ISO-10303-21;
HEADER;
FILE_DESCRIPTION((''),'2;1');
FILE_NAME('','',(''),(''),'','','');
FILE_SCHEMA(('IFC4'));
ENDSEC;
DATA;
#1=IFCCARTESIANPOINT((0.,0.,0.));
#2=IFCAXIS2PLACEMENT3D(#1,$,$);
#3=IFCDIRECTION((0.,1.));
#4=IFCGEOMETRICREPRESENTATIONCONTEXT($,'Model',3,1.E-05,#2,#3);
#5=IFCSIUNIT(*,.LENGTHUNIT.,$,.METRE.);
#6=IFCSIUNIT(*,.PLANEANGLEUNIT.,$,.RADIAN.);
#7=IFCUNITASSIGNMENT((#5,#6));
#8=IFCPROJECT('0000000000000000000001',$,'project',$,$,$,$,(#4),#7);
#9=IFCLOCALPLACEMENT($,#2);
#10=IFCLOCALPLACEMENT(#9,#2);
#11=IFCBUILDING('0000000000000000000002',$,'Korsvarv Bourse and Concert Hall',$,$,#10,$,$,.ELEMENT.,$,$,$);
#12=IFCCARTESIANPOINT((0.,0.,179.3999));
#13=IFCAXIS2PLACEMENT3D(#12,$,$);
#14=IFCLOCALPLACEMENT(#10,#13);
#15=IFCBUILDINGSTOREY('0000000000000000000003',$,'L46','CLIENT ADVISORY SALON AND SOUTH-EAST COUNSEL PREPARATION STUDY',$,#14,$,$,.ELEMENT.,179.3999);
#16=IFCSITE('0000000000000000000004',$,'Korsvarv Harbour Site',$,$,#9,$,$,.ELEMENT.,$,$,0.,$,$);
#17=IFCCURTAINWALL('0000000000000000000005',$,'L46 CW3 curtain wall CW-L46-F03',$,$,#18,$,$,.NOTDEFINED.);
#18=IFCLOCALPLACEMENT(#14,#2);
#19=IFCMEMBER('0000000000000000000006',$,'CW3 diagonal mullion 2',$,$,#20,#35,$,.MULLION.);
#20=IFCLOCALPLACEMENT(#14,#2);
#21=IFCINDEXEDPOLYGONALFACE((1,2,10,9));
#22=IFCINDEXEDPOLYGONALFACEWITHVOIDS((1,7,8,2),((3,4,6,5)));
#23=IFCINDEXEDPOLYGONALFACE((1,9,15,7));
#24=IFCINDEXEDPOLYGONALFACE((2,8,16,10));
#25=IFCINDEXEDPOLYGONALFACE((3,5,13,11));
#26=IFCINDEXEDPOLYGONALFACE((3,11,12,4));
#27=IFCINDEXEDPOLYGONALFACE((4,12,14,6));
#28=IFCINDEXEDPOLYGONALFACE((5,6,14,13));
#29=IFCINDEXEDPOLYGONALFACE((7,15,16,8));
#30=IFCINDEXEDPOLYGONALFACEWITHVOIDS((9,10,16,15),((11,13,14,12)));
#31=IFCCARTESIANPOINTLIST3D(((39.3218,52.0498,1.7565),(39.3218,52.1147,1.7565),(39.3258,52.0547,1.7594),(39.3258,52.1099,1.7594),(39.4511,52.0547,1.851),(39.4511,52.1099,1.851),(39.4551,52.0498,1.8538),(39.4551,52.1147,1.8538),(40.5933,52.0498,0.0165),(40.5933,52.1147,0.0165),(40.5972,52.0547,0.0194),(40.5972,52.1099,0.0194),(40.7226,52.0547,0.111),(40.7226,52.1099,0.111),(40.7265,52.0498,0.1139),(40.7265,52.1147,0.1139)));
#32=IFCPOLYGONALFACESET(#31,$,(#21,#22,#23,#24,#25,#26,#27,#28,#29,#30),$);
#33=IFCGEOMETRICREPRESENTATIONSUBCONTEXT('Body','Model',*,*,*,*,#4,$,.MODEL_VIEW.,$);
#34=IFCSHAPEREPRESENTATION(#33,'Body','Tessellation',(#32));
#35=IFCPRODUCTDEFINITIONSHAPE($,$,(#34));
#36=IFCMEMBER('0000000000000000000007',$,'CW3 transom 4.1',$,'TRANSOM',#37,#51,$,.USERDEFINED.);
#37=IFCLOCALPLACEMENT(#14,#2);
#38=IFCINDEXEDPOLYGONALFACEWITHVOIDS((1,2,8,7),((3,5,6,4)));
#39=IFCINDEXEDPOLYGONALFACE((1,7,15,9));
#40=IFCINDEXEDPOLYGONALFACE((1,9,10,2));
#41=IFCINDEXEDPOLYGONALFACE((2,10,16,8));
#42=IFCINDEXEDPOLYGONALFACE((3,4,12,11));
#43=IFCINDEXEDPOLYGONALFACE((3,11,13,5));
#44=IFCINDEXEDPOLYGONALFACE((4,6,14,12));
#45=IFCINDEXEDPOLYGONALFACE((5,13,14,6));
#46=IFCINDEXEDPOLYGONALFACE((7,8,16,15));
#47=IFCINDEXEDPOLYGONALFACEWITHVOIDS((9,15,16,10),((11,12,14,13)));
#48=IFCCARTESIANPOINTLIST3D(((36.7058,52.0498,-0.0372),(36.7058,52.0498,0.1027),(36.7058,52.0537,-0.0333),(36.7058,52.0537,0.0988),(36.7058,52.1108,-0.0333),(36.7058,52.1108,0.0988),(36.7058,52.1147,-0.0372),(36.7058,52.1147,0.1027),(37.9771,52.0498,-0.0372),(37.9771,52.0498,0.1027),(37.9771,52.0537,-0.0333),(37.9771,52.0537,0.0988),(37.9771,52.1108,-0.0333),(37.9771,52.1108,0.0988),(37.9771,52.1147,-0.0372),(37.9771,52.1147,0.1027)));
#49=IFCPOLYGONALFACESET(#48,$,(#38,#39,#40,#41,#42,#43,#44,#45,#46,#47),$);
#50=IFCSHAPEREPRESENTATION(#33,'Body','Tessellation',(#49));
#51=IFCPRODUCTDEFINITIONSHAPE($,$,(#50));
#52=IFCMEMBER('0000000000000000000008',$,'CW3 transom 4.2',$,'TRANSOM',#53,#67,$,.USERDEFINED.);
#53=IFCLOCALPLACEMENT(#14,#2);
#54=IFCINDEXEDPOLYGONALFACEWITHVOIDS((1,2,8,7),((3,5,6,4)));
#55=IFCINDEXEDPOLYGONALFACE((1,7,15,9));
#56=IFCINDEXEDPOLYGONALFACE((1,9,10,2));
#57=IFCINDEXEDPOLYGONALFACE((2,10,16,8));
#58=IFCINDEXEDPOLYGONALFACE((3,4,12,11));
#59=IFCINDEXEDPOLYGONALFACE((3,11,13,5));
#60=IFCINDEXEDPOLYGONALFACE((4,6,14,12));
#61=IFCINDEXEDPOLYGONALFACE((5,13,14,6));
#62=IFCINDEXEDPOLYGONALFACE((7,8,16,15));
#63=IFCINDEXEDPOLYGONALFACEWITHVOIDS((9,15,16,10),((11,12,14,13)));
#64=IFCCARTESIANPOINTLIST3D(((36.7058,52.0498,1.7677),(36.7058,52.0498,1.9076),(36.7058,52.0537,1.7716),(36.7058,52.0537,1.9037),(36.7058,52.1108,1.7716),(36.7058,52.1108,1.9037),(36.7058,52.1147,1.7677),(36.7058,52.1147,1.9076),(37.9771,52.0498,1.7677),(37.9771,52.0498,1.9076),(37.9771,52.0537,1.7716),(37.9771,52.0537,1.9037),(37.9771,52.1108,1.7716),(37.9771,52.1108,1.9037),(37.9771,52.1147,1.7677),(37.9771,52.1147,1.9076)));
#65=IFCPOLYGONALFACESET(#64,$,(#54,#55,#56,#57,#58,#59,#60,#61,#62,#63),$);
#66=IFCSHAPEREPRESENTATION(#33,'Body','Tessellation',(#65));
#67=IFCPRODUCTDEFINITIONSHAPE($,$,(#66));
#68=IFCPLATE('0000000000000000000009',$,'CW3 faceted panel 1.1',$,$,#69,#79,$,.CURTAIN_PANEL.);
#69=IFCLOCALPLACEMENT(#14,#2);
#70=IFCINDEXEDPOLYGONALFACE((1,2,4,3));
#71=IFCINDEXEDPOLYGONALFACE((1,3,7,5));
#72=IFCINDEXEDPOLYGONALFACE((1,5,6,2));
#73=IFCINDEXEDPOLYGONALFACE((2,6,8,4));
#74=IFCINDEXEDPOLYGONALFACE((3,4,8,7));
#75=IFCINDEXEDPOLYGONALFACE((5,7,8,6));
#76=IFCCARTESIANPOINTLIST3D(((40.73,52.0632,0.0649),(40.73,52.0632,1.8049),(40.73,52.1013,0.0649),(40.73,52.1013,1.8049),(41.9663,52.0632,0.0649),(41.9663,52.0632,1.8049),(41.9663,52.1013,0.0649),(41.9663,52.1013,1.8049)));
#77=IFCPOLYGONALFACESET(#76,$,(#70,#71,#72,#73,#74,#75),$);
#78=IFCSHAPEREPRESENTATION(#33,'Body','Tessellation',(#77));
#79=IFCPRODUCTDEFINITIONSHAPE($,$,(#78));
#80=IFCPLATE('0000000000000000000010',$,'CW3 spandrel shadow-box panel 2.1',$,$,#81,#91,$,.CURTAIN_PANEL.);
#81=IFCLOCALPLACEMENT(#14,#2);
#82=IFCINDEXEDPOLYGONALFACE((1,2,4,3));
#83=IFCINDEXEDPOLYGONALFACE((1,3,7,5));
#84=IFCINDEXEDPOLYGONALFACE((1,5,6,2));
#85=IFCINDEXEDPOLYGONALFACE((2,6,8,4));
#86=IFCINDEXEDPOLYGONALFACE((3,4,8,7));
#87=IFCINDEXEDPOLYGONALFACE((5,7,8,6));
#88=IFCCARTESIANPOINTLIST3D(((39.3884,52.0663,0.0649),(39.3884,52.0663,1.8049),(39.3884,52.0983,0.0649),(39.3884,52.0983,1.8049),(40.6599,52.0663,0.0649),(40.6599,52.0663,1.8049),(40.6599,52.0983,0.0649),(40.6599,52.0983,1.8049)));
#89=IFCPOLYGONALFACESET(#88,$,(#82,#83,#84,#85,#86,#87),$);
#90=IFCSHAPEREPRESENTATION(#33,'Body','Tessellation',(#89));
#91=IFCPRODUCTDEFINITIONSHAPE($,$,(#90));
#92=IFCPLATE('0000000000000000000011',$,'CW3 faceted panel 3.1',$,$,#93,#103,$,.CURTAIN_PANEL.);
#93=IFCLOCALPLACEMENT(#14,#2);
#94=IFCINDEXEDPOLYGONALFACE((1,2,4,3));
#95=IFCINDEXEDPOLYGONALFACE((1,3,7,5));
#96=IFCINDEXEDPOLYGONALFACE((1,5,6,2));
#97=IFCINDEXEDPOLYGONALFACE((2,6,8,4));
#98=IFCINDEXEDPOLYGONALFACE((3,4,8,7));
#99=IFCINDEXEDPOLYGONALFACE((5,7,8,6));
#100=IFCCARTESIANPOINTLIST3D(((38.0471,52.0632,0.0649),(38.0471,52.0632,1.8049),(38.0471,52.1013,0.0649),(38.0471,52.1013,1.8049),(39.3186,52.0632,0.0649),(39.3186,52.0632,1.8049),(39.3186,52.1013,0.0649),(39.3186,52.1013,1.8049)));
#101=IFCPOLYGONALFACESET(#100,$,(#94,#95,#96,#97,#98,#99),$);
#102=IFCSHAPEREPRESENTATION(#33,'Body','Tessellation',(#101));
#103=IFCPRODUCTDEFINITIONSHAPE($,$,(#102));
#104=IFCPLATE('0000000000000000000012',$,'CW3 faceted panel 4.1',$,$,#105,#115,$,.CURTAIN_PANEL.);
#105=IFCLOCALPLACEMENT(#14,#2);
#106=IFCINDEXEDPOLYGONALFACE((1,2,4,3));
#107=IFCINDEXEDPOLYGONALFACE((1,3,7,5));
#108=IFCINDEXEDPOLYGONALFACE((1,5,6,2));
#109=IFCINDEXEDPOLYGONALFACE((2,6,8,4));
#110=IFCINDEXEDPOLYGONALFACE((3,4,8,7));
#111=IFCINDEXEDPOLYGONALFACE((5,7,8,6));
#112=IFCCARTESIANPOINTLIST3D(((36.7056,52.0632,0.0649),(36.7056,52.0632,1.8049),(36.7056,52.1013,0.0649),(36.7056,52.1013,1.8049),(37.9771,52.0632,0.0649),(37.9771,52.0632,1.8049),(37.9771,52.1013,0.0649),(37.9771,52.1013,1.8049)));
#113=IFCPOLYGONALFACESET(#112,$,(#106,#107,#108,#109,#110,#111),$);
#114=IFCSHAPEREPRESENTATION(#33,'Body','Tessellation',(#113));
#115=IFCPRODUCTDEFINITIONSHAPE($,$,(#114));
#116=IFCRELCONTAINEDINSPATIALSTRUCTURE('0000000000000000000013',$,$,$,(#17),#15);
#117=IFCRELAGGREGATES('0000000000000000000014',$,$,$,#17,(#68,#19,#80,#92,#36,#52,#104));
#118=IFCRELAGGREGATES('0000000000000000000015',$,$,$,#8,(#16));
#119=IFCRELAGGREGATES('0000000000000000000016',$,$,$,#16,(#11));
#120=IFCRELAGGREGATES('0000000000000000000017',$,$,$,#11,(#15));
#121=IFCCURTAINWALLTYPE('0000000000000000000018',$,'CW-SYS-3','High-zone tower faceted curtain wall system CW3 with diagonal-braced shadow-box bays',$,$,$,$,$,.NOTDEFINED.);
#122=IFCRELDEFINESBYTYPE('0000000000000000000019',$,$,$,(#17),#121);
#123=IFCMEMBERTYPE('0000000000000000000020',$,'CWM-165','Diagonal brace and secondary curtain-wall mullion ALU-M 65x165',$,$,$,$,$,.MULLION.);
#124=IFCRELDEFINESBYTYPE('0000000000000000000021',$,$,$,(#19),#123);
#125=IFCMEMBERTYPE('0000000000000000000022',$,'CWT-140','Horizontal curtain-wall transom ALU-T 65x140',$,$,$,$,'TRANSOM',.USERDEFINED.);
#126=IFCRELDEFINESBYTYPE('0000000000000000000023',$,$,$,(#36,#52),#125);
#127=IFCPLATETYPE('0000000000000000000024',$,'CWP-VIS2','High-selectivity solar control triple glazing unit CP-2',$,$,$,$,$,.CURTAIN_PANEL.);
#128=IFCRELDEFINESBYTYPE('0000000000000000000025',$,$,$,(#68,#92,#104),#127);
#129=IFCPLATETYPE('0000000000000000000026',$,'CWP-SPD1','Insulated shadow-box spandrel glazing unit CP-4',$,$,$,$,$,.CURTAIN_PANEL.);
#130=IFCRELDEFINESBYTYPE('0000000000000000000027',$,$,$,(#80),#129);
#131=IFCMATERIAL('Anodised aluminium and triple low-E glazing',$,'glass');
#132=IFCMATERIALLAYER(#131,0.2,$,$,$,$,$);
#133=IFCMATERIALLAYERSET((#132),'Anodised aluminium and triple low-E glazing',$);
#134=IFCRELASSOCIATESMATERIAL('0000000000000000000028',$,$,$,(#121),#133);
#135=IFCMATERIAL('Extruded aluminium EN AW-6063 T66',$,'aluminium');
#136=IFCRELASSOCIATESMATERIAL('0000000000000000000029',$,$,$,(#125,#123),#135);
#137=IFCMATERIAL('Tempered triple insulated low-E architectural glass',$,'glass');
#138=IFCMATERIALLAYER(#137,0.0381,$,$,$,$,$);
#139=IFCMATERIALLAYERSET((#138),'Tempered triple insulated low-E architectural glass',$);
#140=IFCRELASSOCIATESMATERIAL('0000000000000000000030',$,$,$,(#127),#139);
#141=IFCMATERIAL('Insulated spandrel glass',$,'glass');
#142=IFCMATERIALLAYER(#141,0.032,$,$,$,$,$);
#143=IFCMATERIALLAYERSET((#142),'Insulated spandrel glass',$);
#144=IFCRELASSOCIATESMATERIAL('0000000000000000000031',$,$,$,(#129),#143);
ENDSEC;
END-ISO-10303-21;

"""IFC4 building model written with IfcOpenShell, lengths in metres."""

from ifc_helpers import new_model, si_unit, direction, frame, origin, origin_2d, place, context, subcontext, project, spatial, rectangle, hollow_rectangle, extrude, source, transform, mapped, material, layer, layer_set, material_profile, profile_set, type_object, element, aggregate, save


model = new_model("IFC4")

# Units and contexts
model_context = context("Model", 3, precision=1e-05, world=origin(), true_north=direction((0.0, 1.0)))
body_context = subcontext(model_context, "Body", "Model", "MODEL_VIEW")
ifc_project = project(units=[si_unit("LENGTHUNIT", "METRE"), si_unit("PLANEANGLEUNIT", "RADIAN")], contexts=[model_context])

# Site, building, storey
site_placement = place(None, origin())
site = spatial("IfcSite", under=ifc_project, at=site_placement, Name="Korsvarv Harbour Site", CompositionType="ELEMENT", RefElevation=0.0)
building_placement = place(site_placement, origin())
building = spatial("IfcBuilding", under=site, at=building_placement, Name="Korsvarv Bourse and Concert Hall", CompositionType="ELEMENT")
storey_placement = place(building_placement, frame((0.0, 0.0, 179.3999)))
storey = spatial("IfcBuildingStorey", under=building, at=storey_placement, Name="L46", Description="CLIENT ADVISORY SALON AND SOUTH-EAST COUNSEL PREPARATION STUDY", CompositionType="ELEMENT", Elevation=179.3999)

# Curtain wall, members, plates
ifc_material_1 = material(Name="Anodised aluminium and triple low-E glazing", Category="glass")
ifc_layer_1 = layer(ifc_material_1, 0.2)
ifc_layer_set_1 = layer_set([ifc_layer_1], Name="Anodised aluminium and triple low-E glazing")
curtain_wall_type = type_object("IfcCurtainWallType", Name="CW-SYS-3", Description="High-zone tower faceted curtain wall system CW3 with diagonal-braced shadow-box bays", PredefinedType="NOTDEFINED", material=ifc_layer_set_1)
curtain_wall_placement = place(storey_placement, origin())
curtain_wall = element("IfcCurtainWall", 1, at=curtain_wall_placement, inside=storey, type_object=curtain_wall_type, Name="L46 CW3 curtain wall CW-L46-F03", PredefinedType="NOTDEFINED")
ifc_material_2 = material(Name="Extruded aluminium EN AW-6063 T66", Category="aluminium")
ifc_material_profile_1 = material_profile(ifc_material_2, hollow_rectangle(XDim=0.0649, YDim=0.1399, WallThickness=0.0039, at=origin_2d()), Name="ALU-T 65x140")
ifc_profile_set_1 = profile_set([ifc_material_profile_1], Name="Extruded aluminium EN AW-6063 T66")
member_type_1 = type_object("IfcMemberType", Name="CWT-140", Description="Horizontal curtain-wall transom ALU-T 65x140", ElementType="TRANSOM", PredefinedType="USERDEFINED", material=ifc_profile_set_1)
ifc_material_profile_2 = material_profile(ifc_material_2, hollow_rectangle(XDim=0.0649, YDim=0.165, WallThickness=0.0049, at=origin_2d()), Name="ALU-M 65x165")
ifc_profile_set_2 = profile_set([ifc_material_profile_2], Name="Extruded aluminium EN AW-6063 T66")
member_type_2 = type_object("IfcMemberType", Name="CWM-165", Description="Diagonal brace and secondary curtain-wall mullion ALU-M 65x165", PredefinedType="MULLION", material=ifc_profile_set_2)
shared_shape_1 = source(origin(), body_context, "Body", "SweptSolid", [
    extrude(hollow_rectangle(XDim=0.0649, YDim=0.165, WallThickness=0.0049, at=origin_2d()), origin(), (0.0, 0.0, 1.0), 2.155),
])
member_1_placement = place(storey_placement, frame((40.6599, 52.0823, 0.0652), z_axis=(-0.590002, 0.0, 0.807402), x_axis=(0.0, -1.0, 0.0)))
member_1 = element("IfcMember", 2, at=member_1_placement, type_object=member_type_2, Name="CW3 diagonal mullion 2", PredefinedType="MULLION", context=body_context, shape_type="MappedRepresentation", body=[
    mapped(shared_shape_1, transform((0.0, 0.0, 0.0), scale=1.0)),
])
shared_shape_2 = source(origin(), body_context, "Body", "SweptSolid", [
    extrude(hollow_rectangle(XDim=0.0649, YDim=0.1399, WallThickness=0.0039, at=origin_2d()), origin(), (0.0, 0.0, 1.0), 1.2712),
])
member_2_placement = place(storey_placement, frame((37.9771, 52.0823, 0.0327), z_axis=(-1.0, 0.0, 0.0), x_axis=(0.0, -1.0, 0.0)))
member_2 = element("IfcMember", 3, at=member_2_placement, type_object=member_type_1, Name="CW3 transom 4.1", ObjectType="TRANSOM", PredefinedType="USERDEFINED", context=body_context, shape_type="MappedRepresentation", body=[
    mapped(shared_shape_2, transform((0.0, 0.0, 0.0), scale=1.0)),
])
member_3_placement = place(storey_placement, frame((37.9771, 52.0823, 1.8376), z_axis=(-1.0, 0.0, 0.0), x_axis=(0.0, -1.0, 0.0)))
member_3 = element("IfcMember", 4, at=member_3_placement, type_object=member_type_1, Name="CW3 transom 4.2", ObjectType="TRANSOM", PredefinedType="USERDEFINED", context=body_context, shape_type="MappedRepresentation", body=[
    mapped(shared_shape_2, transform((0.0, 0.0, 0.0), scale=1.0)),
])
ifc_material_3 = material(Name="Tempered triple insulated low-E architectural glass", Category="glass")
ifc_layer_2 = layer(ifc_material_3, 0.0381)
ifc_layer_set_2 = layer_set([ifc_layer_2], Name="Tempered triple insulated low-E architectural glass")
plate_type_1 = type_object("IfcPlateType", Name="CWP-VIS2", Description="High-selectivity solar control triple glazing unit CP-2", PredefinedType="CURTAIN_PANEL", material=ifc_layer_set_2)
shared_shape_3 = source(origin(), body_context, "Body", "SweptSolid", [
    extrude(rectangle(XDim=1.2363, YDim=0.0381, at=origin_2d()), origin(), (0.0, 0.0, 1.0), 1.74),
])
plate_1_placement = place(storey_placement, frame((41.3481, 52.0823, 0.0649), z_axis=(0.0, 0.0, 1.0), x_axis=(-1.0, 0.0, 0.0)))
plate_1 = element("IfcPlate", 5, at=plate_1_placement, type_object=plate_type_1, Name="CW3 faceted panel 1.1", PredefinedType="CURTAIN_PANEL", context=body_context, shape_type="MappedRepresentation", body=[
    mapped(shared_shape_3, transform((0.0, 0.0, 0.0), scale=1.0)),
])
ifc_material_4 = material(Name="Insulated spandrel glass", Category="glass")
ifc_layer_3 = layer(ifc_material_4, 0.032)
ifc_layer_set_3 = layer_set([ifc_layer_3], Name="Insulated spandrel glass")
plate_type_2 = type_object("IfcPlateType", Name="CWP-SPD1", Description="Insulated shadow-box spandrel glazing unit CP-4", PredefinedType="CURTAIN_PANEL", material=ifc_layer_set_3)
shared_shape_4 = source(origin(), body_context, "Body", "SweptSolid", [
    extrude(rectangle(XDim=1.2715, YDim=0.032, at=origin_2d()), origin(), (0.0, 0.0, 1.0), 1.74),
])
plate_2_placement = place(storey_placement, frame((40.0242, 52.0823, 0.0649), z_axis=(0.0, 0.0, 1.0), x_axis=(-1.0, 0.0, 0.0)))
plate_2 = element("IfcPlate", 6, at=plate_2_placement, type_object=plate_type_2, Name="CW3 spandrel shadow-box panel 2.1", PredefinedType="CURTAIN_PANEL", context=body_context, shape_type="MappedRepresentation", body=[
    mapped(shared_shape_4, transform((0.0, 0.0, 0.0), scale=1.0)),
])
shared_shape_5 = source(origin(), body_context, "Body", "SweptSolid", [
    extrude(rectangle(XDim=1.2715, YDim=0.0381, at=origin_2d()), origin(), (0.0, 0.0, 1.0), 1.74),
])
plate_3_placement = place(storey_placement, frame((38.6829, 52.0823, 0.0649), z_axis=(0.0, 0.0, 1.0), x_axis=(-1.0, 0.0, 0.0)))
plate_3 = element("IfcPlate", 7, at=plate_3_placement, type_object=plate_type_1, Name="CW3 faceted panel 3.1", PredefinedType="CURTAIN_PANEL", context=body_context, shape_type="MappedRepresentation", body=[
    mapped(shared_shape_5, transform((0.0, 0.0, 0.0), scale=1.0)),
])
plate_4_placement = place(storey_placement, frame((37.3413, 52.0823, 0.0649), z_axis=(0.0, 0.0, 1.0), x_axis=(-1.0, 0.0, 0.0)))
plate_4 = element("IfcPlate", 8, at=plate_4_placement, type_object=plate_type_1, Name="CW3 faceted panel 4.1", PredefinedType="CURTAIN_PANEL", context=body_context, shape_type="MappedRepresentation", body=[
    mapped(shared_shape_5, transform((0.0, 0.0, 0.0), scale=1.0)),
])
aggregate(curtain_wall, [plate_1, member_1, plate_2, plate_3, member_2, member_3, plate_4])

save(model, "model.ifc")
